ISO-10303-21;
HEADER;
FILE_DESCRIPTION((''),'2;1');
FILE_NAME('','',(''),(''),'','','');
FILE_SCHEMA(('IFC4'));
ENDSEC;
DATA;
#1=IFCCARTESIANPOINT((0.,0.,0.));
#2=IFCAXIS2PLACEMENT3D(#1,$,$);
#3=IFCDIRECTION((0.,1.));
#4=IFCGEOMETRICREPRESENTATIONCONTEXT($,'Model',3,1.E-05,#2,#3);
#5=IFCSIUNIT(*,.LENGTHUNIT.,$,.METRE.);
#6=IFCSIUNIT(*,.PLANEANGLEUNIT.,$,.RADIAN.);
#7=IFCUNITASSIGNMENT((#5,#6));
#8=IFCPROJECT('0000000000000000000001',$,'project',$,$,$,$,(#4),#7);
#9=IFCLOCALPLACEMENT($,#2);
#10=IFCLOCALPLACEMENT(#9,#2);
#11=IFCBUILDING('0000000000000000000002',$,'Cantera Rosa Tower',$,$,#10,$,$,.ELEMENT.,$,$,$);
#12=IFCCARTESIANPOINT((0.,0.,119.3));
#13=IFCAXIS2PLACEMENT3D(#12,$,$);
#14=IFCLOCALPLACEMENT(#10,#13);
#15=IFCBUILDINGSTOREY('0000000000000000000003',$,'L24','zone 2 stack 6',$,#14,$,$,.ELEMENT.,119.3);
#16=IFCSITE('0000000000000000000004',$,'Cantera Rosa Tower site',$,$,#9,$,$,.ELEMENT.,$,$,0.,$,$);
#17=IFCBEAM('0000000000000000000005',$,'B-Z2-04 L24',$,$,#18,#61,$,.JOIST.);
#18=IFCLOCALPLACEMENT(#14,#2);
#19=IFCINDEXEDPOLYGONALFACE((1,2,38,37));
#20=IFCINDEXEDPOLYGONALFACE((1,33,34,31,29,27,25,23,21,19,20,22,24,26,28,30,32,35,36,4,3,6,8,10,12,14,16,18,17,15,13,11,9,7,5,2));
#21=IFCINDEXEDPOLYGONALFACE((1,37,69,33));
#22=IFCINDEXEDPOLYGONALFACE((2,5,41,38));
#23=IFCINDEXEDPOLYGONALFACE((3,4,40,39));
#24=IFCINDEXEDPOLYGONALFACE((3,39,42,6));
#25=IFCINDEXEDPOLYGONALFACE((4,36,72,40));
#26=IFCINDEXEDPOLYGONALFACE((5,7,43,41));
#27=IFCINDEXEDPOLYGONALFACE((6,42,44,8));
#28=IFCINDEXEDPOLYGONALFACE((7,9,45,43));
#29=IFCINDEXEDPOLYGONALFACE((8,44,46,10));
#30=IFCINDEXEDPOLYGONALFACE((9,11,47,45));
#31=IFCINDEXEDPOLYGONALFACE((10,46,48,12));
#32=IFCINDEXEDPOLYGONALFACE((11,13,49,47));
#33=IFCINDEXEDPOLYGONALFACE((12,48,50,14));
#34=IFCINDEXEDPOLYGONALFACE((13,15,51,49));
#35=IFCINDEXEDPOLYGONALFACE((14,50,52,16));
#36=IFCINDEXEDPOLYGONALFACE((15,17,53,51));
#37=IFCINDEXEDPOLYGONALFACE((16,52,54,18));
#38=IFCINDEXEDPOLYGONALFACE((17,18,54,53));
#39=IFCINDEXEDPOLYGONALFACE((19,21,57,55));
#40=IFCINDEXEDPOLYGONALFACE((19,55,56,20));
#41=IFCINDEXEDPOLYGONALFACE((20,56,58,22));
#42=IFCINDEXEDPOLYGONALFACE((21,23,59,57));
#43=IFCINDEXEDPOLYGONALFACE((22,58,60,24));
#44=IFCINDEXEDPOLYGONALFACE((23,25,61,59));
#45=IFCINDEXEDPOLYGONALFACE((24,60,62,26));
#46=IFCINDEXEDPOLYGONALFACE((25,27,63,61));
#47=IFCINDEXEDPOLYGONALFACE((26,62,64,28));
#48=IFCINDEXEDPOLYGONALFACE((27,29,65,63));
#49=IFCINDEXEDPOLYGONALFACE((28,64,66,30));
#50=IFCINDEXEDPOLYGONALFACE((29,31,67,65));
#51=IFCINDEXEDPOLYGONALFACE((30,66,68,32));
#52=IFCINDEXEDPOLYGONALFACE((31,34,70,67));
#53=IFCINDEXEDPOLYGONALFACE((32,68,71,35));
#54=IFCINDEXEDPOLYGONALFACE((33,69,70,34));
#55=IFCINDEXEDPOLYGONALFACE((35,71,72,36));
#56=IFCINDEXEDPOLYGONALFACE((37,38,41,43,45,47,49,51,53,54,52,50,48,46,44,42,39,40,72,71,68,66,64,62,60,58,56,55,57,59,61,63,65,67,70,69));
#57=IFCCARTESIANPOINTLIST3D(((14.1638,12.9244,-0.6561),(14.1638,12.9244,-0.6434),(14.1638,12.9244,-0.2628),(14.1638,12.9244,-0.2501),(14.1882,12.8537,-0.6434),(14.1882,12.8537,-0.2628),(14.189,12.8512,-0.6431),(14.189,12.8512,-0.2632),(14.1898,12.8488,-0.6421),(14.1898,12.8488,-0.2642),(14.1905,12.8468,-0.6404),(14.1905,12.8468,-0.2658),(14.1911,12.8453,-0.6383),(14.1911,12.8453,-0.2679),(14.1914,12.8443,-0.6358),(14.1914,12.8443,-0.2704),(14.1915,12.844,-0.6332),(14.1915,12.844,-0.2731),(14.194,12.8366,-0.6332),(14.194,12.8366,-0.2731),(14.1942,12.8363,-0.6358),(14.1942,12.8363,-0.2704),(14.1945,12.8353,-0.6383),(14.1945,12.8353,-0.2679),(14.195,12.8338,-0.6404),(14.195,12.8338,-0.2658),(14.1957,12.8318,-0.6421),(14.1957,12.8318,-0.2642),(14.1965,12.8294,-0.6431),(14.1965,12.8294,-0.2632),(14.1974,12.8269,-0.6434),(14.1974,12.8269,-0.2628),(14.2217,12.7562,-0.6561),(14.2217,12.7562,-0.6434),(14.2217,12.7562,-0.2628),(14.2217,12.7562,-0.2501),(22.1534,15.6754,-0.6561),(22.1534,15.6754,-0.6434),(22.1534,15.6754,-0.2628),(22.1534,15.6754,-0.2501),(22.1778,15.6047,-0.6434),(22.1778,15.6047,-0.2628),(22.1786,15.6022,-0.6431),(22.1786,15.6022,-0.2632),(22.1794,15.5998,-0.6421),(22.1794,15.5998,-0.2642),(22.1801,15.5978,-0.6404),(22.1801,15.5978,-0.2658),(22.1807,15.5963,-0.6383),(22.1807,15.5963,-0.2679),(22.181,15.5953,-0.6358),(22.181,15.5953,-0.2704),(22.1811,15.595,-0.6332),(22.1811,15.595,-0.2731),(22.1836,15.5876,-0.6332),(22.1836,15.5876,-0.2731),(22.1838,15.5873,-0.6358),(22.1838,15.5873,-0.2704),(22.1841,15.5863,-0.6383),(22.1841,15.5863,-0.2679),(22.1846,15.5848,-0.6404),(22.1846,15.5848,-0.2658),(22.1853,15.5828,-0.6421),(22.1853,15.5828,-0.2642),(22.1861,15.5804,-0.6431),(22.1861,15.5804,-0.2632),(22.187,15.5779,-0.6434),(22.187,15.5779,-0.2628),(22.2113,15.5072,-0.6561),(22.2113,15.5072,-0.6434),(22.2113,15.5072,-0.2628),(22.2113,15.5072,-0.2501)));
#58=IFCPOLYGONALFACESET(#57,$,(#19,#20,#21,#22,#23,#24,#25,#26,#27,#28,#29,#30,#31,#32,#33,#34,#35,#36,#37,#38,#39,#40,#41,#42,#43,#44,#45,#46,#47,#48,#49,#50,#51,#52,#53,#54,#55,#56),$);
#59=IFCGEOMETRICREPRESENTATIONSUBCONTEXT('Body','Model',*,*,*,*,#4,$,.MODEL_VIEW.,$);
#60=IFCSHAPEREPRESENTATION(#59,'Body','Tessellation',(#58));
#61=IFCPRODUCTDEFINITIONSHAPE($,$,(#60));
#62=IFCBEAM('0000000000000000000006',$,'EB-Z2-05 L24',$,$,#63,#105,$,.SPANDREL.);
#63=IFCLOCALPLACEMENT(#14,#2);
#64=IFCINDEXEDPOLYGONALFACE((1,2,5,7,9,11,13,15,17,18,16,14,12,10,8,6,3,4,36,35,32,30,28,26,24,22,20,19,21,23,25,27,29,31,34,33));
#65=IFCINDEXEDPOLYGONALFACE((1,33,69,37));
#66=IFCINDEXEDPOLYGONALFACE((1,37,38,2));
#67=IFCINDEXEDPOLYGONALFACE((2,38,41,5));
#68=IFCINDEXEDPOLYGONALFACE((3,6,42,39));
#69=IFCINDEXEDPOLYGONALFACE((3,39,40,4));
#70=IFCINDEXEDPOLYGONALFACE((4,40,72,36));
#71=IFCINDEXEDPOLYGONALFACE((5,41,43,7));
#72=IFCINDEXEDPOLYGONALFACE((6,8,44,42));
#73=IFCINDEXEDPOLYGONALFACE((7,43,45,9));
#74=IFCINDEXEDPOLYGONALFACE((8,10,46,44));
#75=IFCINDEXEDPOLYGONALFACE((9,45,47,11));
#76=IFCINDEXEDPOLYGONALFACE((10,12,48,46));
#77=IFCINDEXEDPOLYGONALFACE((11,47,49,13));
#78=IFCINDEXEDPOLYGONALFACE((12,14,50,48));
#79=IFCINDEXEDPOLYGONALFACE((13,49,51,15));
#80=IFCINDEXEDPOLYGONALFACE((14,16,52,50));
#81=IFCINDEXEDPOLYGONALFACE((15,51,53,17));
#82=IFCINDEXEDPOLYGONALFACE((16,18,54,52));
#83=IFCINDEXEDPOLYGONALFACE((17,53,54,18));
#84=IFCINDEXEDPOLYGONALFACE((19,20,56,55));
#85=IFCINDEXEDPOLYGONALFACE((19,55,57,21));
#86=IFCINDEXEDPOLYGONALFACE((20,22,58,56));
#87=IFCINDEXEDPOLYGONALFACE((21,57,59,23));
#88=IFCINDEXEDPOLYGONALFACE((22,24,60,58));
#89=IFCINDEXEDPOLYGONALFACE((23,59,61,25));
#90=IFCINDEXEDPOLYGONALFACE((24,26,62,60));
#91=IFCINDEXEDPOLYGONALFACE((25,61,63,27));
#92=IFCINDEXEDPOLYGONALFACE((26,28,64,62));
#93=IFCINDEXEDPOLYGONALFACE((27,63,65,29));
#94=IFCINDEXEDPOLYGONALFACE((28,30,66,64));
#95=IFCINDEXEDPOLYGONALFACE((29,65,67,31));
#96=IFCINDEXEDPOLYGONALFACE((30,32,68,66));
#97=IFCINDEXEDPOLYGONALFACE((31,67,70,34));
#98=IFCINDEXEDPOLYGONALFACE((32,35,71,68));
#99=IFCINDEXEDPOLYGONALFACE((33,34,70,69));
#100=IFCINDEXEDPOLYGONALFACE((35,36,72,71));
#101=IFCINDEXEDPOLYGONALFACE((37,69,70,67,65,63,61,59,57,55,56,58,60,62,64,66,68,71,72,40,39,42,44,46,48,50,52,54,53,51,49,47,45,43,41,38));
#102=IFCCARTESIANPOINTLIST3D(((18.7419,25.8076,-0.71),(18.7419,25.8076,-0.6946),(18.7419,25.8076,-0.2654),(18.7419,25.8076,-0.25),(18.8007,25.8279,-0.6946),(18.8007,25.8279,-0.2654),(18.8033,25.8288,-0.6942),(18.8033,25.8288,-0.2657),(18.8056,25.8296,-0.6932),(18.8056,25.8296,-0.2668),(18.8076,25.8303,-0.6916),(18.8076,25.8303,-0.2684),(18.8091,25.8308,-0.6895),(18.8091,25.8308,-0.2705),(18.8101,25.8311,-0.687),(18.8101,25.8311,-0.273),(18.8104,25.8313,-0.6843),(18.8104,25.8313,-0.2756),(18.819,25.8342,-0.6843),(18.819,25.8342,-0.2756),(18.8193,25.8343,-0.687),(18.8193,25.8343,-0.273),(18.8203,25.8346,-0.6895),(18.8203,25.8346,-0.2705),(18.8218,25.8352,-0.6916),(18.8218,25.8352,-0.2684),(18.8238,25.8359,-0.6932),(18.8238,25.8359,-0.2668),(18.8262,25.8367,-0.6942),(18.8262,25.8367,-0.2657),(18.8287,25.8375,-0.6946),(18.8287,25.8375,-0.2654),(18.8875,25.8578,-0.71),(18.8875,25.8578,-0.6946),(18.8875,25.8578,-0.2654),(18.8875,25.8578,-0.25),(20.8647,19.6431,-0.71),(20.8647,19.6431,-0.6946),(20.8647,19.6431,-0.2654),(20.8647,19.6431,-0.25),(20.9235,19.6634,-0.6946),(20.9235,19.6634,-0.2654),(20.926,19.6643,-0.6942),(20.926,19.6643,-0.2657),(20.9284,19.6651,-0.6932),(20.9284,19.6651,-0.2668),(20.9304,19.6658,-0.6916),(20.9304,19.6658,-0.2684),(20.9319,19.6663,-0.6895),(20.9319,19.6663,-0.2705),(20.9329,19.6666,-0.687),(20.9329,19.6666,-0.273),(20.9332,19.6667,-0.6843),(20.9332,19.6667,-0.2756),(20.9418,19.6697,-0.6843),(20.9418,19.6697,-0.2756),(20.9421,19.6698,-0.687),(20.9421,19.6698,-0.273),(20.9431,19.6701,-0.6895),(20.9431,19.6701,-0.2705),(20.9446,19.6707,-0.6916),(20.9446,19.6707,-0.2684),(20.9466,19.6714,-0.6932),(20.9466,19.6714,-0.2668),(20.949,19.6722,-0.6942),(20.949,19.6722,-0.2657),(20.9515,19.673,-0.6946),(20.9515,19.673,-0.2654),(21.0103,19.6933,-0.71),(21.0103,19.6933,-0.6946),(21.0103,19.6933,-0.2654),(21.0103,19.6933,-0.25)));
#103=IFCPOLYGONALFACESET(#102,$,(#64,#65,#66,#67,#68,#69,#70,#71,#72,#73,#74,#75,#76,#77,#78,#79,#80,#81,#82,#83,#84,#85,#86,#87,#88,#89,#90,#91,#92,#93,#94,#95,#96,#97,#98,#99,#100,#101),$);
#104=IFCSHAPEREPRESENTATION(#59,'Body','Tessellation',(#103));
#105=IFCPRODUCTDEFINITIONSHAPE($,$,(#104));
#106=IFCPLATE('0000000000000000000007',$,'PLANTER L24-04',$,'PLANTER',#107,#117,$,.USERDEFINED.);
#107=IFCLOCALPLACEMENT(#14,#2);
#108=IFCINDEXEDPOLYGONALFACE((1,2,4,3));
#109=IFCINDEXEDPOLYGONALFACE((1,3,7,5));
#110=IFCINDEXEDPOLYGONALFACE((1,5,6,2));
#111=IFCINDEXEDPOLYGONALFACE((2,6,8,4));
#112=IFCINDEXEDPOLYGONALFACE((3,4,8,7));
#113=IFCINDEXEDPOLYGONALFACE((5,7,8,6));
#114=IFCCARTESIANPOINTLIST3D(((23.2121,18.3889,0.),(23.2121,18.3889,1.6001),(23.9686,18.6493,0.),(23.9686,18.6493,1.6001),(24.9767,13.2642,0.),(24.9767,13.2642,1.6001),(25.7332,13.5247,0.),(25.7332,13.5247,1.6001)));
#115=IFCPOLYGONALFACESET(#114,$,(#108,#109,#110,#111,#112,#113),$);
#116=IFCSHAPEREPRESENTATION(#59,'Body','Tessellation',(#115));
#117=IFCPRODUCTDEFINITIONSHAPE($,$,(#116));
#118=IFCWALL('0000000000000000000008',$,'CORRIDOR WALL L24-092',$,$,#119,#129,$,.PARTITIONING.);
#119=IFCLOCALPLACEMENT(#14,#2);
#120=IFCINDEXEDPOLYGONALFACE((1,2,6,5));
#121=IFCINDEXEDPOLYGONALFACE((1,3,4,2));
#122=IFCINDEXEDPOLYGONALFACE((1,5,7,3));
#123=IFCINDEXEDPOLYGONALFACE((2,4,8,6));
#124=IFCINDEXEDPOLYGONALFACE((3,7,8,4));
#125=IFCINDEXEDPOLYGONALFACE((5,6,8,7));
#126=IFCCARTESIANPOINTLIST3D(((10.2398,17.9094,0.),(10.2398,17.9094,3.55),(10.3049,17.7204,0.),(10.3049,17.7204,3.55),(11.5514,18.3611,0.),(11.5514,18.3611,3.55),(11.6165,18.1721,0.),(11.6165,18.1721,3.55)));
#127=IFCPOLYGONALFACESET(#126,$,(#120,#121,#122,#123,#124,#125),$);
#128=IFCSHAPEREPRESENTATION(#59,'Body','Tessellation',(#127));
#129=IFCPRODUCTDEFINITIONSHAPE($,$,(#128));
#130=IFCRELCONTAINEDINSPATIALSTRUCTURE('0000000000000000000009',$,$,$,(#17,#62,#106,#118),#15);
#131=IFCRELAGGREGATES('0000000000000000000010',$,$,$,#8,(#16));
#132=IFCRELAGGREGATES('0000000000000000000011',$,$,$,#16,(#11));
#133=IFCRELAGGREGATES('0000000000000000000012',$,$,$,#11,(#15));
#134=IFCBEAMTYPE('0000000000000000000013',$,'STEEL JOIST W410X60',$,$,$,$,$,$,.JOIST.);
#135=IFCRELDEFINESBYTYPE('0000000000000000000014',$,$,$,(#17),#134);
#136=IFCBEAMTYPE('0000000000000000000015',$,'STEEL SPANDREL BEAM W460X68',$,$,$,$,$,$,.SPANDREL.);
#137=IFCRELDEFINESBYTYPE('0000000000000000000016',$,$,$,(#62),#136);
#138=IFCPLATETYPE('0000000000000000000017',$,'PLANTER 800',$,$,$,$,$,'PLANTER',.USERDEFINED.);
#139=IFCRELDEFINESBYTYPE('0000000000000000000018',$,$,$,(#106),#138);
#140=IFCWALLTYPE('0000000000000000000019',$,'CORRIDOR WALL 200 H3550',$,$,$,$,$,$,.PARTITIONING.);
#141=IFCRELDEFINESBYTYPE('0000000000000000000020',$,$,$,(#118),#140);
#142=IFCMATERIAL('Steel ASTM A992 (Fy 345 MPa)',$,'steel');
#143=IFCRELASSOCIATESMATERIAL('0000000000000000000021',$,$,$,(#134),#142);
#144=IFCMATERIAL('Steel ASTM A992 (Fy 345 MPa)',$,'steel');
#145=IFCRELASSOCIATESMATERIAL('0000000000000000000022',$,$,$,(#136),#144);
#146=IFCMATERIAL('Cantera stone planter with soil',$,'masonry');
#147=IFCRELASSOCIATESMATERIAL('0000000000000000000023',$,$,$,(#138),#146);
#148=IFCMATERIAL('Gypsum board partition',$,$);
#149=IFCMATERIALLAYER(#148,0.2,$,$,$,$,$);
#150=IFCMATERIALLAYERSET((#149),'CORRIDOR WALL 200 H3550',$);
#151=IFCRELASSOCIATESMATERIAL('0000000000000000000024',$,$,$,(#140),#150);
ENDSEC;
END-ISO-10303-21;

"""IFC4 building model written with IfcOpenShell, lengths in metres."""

from ifc_helpers import new_model, si_unit, direction, frame, frame_2d, origin, origin_2d, place, context, subcontext, project, spatial, rectangle, i_section, extrude, material, layer, layer_set, material_profile, profile_set, type_object, element, save


model = new_model("IFC4")

# Units and contexts
model_context = context("Model", 3, precision=1e-05, world=origin(), true_north=direction((0.0, 1.0)))
body_context = subcontext(model_context, "Body", "Model", "MODEL_VIEW")
ifc_project = project(units=[si_unit("LENGTHUNIT", "METRE"), si_unit("PLANEANGLEUNIT", "RADIAN")], contexts=[model_context])

# Site, building, storey
site_placement = place(None, origin())
site = spatial("IfcSite", under=ifc_project, at=site_placement, Name="Cantera Rosa Tower site", CompositionType="ELEMENT", RefElevation=0.0)
building_placement = place(site_placement, origin())
building = spatial("IfcBuilding", under=site, at=building_placement, Name="Cantera Rosa Tower", CompositionType="ELEMENT")
storey_placement = place(building_placement, frame((0.0, 0.0, 119.3)))
storey = spatial("IfcBuildingStorey", under=building, at=storey_placement, Name="L24", Description="zone 2 stack 6", CompositionType="ELEMENT", Elevation=119.3)

# Beams
ifc_material_1 = material(Name="Steel ASTM A992 (Fy 345 MPa)", Category="steel")
ifc_material_profile_1 = material_profile(ifc_material_1, i_section(OverallWidth=0.178, OverallDepth=0.406, WebThickness=0.0078, FlangeThickness=0.0127, FilletRadius=0.0103, at=origin_2d()), Name="W410X60")
ifc_profile_set_1 = profile_set([ifc_material_profile_1], Name="Steel ASTM A992 (Fy 345 MPa)")
beam_type_1 = type_object("IfcBeamType", Name="STEEL JOIST W410X60", PredefinedType="JOIST", material=ifc_profile_set_1)
beam_1_placement = place(storey_placement, frame((22.1824, 15.5913, -0.4531), z_axis=(-0.94552, -0.325565, 0.0), x_axis=(0.325565, -0.94552, 0.0)))
element("IfcBeam", 1, at=beam_1_placement, inside=storey, type_object=beam_type_1, Name="B-Z2-04 L24", PredefinedType="JOIST", context=body_context, shape_type="SweptSolid", body=[
    extrude(i_section(OverallWidth=0.178, OverallDepth=0.406, WebThickness=0.0078, FlangeThickness=0.0127, FilletRadius=0.0103, at=origin_2d()), origin(), (0.0, 0.0, 1.0), 8.45),
])
ifc_material_2 = material(Name="Steel ASTM A992 (Fy 345 MPa)", Category="steel")
ifc_material_profile_2 = material_profile(ifc_material_2, i_section(OverallWidth=0.1541, OverallDepth=0.46, WebThickness=0.009, FlangeThickness=0.0154, FilletRadius=0.0103, at=origin_2d()), Name="W460X68")
ifc_profile_set_2 = profile_set([ifc_material_profile_2], Name="Steel ASTM A992 (Fy 345 MPa)")
beam_type_2 = type_object("IfcBeamType", Name="STEEL SPANDREL BEAM W460X68", PredefinedType="SPANDREL", material=ifc_profile_set_2)
beam_2_placement = place(storey_placement, frame((20.9375, 19.6682, -0.48), z_axis=(-0.325593, 0.94551, 0.0), x_axis=(-0.94551, -0.325593, 0.0)))
element("IfcBeam", 2, at=beam_2_placement, inside=storey, type_object=beam_type_2, Name="EB-Z2-05 L24", PredefinedType="SPANDREL", context=body_context, shape_type="SweptSolid", body=[
    extrude(i_section(OverallWidth=0.1541, OverallDepth=0.46, WebThickness=0.009, FlangeThickness=0.0154, FilletRadius=0.0103, at=origin_2d()), origin(), (0.0, 0.0, 1.0), 6.5198),
])

# Plate
ifc_material_3 = material(Name="Cantera stone planter with soil", Category="masonry")
plate_type = type_object("IfcPlateType", Name="PLANTER 800", ElementType="PLANTER", PredefinedType="USERDEFINED", material=ifc_material_3)
plate_placement = place(storey_placement, frame((24.4727, 15.9568, 0.0), z_axis=(0.0, 0.0, 1.0), x_axis=(-0.325568, 0.945519, 0.0)))
element("IfcPlate", 3, at=plate_placement, inside=storey, type_object=plate_type, Name="PLANTER L24-04", ObjectType="PLANTER", PredefinedType="USERDEFINED", context=body_context, shape_type="SweptSolid", body=[
    extrude(rectangle(XDim=5.4199, YDim=0.8, at=origin_2d()), origin(), (0.0, 0.0, 1.0), 1.6001),
])

# Wall
ifc_material_4 = material(Name="Gypsum board partition")
ifc_layer_1 = layer(ifc_material_4, 0.2)
ifc_layer_set_1 = layer_set([ifc_layer_1], Name="CORRIDOR WALL 200 H3550")
wall_type_1 = type_object("IfcWallType", Name="CORRIDOR WALL 200 H3550", PredefinedType="PARTITIONING", material=ifc_layer_set_1)
wall_1_placement = place(storey_placement, frame((11.584, 18.2666, 0.0), z_axis=(0.0, 0.0, 1.0), x_axis=(-0.945504, -0.325611, 0.0)))
element("IfcWall", 4, at=wall_1_placement, inside=storey, type_object=wall_type_1, Name="CORRIDOR WALL L24-092", PredefinedType="PARTITIONING", context=body_context, shape_type="SweptSolid", body=[
    extrude(rectangle(XDim=1.3872, YDim=0.2, at=frame_2d((0.6936, 0.0))), origin(), (0.0, 0.0, 1.0), 3.55),
])

save(model, "model.ifc")
